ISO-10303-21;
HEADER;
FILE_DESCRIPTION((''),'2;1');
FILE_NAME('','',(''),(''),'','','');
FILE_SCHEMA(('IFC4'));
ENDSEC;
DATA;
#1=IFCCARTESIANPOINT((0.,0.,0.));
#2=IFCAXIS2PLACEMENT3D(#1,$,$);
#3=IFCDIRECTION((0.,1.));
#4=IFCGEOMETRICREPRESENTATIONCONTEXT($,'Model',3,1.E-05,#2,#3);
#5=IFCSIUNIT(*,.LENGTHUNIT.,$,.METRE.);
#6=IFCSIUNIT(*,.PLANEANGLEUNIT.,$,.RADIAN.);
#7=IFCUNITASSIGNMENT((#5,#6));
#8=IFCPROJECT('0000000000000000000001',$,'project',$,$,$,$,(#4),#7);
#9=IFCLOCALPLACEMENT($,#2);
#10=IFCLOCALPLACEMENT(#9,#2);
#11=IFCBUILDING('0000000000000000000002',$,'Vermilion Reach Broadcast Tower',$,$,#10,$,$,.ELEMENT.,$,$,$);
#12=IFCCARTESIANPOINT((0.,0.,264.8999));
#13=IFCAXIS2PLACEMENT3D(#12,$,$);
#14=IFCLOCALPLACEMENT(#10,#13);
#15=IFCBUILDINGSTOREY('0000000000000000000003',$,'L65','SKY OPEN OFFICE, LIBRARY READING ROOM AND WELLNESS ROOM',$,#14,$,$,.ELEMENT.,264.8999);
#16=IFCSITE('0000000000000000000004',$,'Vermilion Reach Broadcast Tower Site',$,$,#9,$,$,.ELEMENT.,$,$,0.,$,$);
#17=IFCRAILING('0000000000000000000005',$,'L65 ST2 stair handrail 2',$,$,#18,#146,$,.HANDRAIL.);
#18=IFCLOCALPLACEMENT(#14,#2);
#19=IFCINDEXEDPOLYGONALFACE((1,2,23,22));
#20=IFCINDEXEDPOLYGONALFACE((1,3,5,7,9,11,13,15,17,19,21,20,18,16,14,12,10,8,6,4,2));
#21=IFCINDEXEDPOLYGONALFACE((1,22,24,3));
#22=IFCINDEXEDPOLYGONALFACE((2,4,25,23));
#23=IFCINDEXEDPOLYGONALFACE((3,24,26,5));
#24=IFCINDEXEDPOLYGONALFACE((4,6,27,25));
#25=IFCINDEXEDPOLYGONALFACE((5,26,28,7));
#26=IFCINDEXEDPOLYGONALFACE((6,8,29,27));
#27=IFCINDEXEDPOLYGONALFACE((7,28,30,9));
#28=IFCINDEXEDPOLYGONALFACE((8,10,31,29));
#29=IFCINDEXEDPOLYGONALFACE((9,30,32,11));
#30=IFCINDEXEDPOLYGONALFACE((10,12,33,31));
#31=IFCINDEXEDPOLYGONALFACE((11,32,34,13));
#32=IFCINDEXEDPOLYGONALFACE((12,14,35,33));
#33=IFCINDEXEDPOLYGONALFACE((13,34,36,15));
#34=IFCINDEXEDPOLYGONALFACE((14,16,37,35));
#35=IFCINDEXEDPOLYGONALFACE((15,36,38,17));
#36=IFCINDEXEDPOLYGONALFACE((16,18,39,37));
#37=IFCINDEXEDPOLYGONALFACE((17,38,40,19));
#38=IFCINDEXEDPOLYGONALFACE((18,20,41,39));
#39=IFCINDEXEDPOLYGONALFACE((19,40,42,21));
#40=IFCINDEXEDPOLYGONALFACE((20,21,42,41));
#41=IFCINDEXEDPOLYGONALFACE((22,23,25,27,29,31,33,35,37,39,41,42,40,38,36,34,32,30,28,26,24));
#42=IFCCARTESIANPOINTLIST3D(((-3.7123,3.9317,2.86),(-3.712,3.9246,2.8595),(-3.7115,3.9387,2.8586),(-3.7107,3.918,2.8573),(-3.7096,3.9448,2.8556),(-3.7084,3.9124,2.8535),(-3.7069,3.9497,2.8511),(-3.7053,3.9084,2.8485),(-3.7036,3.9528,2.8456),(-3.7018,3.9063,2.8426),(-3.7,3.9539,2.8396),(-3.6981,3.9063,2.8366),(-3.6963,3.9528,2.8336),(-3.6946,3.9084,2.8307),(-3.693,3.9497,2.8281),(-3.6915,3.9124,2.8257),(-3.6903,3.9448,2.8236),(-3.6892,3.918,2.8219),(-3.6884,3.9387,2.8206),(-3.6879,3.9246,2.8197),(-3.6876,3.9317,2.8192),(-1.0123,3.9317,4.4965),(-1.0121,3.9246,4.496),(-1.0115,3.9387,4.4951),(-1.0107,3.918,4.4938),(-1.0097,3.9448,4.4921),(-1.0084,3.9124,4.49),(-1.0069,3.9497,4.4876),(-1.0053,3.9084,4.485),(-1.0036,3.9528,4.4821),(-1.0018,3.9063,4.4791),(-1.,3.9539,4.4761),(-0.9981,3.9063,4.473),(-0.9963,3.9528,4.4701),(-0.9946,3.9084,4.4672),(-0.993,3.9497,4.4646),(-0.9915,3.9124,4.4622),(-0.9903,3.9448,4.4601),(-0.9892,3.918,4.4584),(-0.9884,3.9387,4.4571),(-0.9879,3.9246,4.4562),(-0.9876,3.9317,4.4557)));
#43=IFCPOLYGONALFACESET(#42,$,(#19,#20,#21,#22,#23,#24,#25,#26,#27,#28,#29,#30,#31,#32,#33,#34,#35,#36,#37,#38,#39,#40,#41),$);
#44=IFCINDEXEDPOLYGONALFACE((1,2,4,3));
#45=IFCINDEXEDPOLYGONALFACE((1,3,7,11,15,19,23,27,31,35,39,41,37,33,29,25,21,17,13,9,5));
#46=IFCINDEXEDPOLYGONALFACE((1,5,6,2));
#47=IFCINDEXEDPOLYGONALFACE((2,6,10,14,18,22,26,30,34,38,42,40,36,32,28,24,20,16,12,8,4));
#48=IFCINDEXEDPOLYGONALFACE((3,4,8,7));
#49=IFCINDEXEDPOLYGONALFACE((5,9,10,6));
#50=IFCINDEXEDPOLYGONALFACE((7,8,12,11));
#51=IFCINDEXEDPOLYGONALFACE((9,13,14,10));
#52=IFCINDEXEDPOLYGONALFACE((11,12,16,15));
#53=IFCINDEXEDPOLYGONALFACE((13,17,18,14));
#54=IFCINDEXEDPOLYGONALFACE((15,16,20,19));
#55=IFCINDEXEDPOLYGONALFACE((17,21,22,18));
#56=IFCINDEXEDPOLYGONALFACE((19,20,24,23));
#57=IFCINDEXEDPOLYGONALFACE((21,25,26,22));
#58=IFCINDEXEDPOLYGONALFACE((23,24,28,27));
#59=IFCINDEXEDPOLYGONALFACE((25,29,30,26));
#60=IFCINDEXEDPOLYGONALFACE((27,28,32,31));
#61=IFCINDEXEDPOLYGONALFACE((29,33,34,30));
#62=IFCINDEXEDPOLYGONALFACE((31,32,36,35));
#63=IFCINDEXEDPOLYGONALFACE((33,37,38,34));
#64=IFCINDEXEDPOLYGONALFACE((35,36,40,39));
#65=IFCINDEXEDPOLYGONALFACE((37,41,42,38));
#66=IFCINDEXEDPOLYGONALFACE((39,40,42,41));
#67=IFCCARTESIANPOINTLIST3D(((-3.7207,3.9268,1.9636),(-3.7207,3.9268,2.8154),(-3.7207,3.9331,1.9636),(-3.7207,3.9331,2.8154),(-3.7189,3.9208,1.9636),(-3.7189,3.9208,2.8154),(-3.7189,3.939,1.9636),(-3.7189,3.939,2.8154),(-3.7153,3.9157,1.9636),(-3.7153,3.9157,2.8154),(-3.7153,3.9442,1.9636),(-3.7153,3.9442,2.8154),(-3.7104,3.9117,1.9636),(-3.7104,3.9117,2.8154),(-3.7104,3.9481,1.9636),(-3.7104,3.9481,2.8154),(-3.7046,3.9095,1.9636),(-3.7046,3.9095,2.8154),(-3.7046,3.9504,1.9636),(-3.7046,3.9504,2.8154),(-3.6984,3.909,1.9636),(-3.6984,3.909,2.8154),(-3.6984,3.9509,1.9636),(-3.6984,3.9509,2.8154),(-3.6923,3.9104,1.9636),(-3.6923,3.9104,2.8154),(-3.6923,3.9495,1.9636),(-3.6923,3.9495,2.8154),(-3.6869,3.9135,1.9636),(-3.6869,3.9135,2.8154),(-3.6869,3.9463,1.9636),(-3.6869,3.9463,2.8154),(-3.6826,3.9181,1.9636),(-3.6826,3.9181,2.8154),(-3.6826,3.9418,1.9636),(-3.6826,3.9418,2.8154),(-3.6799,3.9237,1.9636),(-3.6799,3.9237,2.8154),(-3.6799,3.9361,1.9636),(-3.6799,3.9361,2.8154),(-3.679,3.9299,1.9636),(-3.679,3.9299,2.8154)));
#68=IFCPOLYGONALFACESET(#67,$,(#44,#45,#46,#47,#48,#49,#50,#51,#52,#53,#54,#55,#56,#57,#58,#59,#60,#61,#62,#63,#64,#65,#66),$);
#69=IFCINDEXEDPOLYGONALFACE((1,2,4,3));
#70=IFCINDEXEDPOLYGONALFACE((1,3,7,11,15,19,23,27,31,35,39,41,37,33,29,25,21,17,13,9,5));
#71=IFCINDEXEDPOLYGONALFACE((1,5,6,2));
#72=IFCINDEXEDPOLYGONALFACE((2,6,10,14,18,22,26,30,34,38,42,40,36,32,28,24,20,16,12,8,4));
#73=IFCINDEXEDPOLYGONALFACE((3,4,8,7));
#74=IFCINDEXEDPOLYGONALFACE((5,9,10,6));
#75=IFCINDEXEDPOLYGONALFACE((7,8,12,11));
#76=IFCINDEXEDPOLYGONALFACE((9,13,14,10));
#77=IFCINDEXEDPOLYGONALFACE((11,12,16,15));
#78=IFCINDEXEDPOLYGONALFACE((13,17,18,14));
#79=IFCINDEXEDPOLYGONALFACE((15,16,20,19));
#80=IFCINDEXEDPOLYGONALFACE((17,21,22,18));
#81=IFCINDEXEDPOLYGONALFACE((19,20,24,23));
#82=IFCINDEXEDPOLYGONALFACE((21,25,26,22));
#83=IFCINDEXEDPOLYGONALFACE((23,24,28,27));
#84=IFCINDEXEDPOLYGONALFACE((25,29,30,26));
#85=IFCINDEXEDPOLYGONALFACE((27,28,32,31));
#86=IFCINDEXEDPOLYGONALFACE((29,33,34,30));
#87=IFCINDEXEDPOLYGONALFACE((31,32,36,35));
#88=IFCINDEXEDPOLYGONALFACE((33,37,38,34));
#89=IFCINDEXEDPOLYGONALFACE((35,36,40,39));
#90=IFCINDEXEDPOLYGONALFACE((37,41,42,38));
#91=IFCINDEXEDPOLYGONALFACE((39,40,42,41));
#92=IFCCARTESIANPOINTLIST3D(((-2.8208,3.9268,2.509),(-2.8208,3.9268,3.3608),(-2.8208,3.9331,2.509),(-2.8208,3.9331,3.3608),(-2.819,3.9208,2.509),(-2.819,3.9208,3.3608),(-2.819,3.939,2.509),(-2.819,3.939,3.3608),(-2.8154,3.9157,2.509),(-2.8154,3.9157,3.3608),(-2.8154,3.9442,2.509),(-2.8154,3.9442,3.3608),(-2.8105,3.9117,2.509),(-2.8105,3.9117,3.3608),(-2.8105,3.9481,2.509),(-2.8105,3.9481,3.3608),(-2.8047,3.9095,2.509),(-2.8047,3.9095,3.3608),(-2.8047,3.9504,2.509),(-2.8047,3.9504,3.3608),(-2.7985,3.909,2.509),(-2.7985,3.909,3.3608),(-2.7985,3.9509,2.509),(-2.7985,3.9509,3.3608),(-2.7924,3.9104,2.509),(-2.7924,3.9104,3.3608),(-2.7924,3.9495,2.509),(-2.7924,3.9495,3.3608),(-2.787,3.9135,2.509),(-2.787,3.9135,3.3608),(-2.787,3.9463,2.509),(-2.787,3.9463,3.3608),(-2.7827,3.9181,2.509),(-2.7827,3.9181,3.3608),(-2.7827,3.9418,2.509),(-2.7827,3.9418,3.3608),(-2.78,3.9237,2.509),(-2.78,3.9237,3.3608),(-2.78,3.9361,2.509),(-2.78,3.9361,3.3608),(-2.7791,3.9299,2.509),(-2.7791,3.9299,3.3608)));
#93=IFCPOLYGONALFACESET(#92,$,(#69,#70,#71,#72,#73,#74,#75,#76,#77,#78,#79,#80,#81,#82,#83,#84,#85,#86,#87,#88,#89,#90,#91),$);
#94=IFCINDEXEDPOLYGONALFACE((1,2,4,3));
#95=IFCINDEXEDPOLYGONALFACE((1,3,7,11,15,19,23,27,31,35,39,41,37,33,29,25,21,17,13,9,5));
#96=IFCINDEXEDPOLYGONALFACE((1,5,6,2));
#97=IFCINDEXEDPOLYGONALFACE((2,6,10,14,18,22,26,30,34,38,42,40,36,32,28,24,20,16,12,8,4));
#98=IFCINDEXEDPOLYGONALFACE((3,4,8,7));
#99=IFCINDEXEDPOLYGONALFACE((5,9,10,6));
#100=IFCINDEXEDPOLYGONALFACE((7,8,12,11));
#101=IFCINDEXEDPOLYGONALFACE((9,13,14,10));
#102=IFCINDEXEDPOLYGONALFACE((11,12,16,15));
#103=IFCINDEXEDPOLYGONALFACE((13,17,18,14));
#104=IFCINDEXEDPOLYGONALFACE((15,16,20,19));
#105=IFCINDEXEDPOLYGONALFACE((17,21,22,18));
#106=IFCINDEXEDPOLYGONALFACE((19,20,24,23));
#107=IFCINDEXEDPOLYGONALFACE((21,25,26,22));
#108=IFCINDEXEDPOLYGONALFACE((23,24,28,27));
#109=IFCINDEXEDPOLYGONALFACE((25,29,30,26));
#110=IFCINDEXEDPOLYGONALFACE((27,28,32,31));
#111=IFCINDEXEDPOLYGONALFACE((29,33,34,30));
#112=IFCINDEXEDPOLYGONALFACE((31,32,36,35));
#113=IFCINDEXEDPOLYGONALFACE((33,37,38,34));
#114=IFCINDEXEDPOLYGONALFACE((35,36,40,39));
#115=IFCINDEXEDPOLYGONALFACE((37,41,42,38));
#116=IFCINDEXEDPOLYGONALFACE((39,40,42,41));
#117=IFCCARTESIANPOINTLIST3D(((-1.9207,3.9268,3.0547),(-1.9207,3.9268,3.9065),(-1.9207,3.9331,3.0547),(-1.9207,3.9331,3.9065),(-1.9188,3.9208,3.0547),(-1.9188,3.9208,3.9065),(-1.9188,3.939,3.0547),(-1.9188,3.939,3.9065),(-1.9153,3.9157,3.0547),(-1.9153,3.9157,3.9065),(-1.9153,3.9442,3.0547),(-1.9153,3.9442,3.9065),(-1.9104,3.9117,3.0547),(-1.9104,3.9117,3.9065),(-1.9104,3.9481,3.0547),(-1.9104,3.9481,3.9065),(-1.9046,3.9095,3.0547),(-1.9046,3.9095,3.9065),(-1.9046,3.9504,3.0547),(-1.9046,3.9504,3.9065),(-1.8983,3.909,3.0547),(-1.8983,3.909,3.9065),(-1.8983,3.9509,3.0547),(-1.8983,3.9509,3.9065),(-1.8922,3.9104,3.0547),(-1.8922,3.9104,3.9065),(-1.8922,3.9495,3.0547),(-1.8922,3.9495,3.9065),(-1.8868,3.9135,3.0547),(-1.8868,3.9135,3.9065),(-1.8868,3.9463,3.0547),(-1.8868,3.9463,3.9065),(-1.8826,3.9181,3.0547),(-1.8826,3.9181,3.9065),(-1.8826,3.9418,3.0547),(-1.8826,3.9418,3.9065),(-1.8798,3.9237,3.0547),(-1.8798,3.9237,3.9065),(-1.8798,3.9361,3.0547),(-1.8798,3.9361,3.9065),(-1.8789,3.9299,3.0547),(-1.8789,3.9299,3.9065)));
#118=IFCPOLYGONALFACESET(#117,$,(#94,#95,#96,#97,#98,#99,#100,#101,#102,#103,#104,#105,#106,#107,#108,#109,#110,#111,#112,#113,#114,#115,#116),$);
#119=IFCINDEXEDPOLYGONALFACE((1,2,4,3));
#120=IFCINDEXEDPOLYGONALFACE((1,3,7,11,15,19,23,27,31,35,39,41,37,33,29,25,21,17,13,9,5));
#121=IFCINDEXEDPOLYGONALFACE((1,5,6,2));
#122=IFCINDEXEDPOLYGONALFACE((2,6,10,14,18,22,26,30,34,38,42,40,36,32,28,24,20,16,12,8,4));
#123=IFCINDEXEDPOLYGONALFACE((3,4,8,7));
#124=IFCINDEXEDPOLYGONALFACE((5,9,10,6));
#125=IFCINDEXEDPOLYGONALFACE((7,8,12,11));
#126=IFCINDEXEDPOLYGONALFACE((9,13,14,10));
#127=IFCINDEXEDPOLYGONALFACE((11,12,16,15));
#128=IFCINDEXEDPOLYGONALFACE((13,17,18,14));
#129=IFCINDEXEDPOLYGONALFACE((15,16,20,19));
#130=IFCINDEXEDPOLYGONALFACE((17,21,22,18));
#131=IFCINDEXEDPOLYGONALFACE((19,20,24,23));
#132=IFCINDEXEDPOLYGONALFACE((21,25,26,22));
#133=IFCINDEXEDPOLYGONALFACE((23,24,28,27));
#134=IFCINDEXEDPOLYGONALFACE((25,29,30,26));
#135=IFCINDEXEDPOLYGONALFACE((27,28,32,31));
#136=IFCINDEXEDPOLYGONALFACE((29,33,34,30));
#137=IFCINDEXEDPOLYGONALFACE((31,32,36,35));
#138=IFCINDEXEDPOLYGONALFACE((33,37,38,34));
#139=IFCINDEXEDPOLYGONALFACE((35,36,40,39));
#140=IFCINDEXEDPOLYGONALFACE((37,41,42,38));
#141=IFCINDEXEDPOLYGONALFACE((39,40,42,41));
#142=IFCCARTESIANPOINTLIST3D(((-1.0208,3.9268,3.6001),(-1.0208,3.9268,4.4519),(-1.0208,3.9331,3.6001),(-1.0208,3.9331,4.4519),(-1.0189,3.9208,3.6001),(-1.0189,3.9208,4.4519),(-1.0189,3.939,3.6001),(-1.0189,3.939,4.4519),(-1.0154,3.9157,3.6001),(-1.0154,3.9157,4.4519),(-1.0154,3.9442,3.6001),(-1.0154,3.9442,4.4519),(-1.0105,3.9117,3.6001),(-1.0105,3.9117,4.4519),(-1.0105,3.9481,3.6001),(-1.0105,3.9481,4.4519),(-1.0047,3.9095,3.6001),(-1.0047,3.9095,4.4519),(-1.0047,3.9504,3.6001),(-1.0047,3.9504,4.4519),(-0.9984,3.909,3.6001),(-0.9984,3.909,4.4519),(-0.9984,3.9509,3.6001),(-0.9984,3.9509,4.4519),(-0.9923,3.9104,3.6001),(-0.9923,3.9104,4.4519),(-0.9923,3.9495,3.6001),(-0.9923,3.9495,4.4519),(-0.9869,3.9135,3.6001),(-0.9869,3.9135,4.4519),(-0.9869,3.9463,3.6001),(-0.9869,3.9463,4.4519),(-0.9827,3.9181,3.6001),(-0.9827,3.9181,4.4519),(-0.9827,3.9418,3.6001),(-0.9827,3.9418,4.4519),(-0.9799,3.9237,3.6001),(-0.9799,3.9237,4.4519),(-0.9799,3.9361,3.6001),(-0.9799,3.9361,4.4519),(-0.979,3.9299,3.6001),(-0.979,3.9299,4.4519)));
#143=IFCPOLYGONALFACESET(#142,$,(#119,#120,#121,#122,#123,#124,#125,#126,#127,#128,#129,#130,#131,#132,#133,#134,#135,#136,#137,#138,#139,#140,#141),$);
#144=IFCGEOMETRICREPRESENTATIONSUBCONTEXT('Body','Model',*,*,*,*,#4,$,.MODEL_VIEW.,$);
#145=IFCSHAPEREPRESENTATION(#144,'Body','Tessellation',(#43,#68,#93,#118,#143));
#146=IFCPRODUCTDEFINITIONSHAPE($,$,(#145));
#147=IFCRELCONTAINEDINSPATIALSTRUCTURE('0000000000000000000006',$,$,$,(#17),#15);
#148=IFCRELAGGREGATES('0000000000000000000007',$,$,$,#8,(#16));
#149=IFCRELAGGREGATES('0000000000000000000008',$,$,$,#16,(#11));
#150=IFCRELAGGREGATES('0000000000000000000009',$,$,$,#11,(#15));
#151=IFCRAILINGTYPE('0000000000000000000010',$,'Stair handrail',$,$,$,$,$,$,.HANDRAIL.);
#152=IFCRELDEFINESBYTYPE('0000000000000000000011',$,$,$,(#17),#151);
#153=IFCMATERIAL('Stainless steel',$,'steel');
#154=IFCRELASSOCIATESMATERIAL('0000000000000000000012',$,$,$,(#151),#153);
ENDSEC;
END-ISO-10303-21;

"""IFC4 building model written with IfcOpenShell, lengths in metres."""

from ifc_helpers import new_model, si_unit, direction, frame, origin, origin_2d, place, context, subcontext, project, spatial, circle, extrude, material, type_object, element, save


model = new_model("IFC4")

# Units and contexts
model_context = context("Model", 3, precision=1e-05, world=origin(), true_north=direction((0.0, 1.0)))
body_context = subcontext(model_context, "Body", "Model", "MODEL_VIEW")
ifc_project = project(units=[si_unit("LENGTHUNIT", "METRE"), si_unit("PLANEANGLEUNIT", "RADIAN")], contexts=[model_context])

# Site, building, storey
site_placement = place(None, origin())
site = spatial("IfcSite", under=ifc_project, at=site_placement, Name="Vermilion Reach Broadcast Tower Site", CompositionType="ELEMENT", RefElevation=0.0)
building_placement = place(site_placement, origin())
building = spatial("IfcBuilding", under=site, at=building_placement, Name="Vermilion Reach Broadcast Tower", CompositionType="ELEMENT")
storey_placement = place(building_placement, frame((0.0, 0.0, 264.8999)))
storey = spatial("IfcBuildingStorey", under=building, at=storey_placement, Name="L65", Description="SKY OPEN OFFICE, LIBRARY READING ROOM AND WELLNESS ROOM", CompositionType="ELEMENT", Elevation=264.8999)

# Railing
ifc_material_1 = material(Name="Stainless steel", Category="steel")
railing_type_1 = type_object("IfcRailingType", Name="Stair handrail", PredefinedType="HANDRAIL", material=ifc_material_1)
railing_1_placement = place(storey_placement, frame((-3.7, 3.9299, 1.9636)))
element("IfcRailing", 1, at=railing_1_placement, inside=storey, type_object=railing_type_1, Name="L65 ST2 stair handrail 2", PredefinedType="HANDRAIL", context=body_context, shape_type="SweptSolid", body=[
    extrude(circle(Radius=0.0239, at=origin_2d()), frame((0.0, 0.0, 0.876), z_axis=(0.855178, 0.0, 0.518334), x_axis=(0.0, 1.0, 0.0)), (0.0, 0.0, 1.0), 3.1572),
    extrude(circle(Radius=0.021, at=origin_2d()), origin(), (0.0, 0.0, 1.0), 0.8518),
    extrude(circle(Radius=0.021, at=origin_2d()), frame((0.8999, 0.0, 0.5454)), (0.0, 0.0, 1.0), 0.8518),
    extrude(circle(Radius=0.021, at=origin_2d()), frame((1.8, 0.0, 1.0911)), (0.0, 0.0, 1.0), 0.8518),
    extrude(circle(Radius=0.021, at=origin_2d()), frame((2.7, 0.0, 1.6365)), (0.0, 0.0, 1.0), 0.8518),
])

save(model, "model.ifc")
